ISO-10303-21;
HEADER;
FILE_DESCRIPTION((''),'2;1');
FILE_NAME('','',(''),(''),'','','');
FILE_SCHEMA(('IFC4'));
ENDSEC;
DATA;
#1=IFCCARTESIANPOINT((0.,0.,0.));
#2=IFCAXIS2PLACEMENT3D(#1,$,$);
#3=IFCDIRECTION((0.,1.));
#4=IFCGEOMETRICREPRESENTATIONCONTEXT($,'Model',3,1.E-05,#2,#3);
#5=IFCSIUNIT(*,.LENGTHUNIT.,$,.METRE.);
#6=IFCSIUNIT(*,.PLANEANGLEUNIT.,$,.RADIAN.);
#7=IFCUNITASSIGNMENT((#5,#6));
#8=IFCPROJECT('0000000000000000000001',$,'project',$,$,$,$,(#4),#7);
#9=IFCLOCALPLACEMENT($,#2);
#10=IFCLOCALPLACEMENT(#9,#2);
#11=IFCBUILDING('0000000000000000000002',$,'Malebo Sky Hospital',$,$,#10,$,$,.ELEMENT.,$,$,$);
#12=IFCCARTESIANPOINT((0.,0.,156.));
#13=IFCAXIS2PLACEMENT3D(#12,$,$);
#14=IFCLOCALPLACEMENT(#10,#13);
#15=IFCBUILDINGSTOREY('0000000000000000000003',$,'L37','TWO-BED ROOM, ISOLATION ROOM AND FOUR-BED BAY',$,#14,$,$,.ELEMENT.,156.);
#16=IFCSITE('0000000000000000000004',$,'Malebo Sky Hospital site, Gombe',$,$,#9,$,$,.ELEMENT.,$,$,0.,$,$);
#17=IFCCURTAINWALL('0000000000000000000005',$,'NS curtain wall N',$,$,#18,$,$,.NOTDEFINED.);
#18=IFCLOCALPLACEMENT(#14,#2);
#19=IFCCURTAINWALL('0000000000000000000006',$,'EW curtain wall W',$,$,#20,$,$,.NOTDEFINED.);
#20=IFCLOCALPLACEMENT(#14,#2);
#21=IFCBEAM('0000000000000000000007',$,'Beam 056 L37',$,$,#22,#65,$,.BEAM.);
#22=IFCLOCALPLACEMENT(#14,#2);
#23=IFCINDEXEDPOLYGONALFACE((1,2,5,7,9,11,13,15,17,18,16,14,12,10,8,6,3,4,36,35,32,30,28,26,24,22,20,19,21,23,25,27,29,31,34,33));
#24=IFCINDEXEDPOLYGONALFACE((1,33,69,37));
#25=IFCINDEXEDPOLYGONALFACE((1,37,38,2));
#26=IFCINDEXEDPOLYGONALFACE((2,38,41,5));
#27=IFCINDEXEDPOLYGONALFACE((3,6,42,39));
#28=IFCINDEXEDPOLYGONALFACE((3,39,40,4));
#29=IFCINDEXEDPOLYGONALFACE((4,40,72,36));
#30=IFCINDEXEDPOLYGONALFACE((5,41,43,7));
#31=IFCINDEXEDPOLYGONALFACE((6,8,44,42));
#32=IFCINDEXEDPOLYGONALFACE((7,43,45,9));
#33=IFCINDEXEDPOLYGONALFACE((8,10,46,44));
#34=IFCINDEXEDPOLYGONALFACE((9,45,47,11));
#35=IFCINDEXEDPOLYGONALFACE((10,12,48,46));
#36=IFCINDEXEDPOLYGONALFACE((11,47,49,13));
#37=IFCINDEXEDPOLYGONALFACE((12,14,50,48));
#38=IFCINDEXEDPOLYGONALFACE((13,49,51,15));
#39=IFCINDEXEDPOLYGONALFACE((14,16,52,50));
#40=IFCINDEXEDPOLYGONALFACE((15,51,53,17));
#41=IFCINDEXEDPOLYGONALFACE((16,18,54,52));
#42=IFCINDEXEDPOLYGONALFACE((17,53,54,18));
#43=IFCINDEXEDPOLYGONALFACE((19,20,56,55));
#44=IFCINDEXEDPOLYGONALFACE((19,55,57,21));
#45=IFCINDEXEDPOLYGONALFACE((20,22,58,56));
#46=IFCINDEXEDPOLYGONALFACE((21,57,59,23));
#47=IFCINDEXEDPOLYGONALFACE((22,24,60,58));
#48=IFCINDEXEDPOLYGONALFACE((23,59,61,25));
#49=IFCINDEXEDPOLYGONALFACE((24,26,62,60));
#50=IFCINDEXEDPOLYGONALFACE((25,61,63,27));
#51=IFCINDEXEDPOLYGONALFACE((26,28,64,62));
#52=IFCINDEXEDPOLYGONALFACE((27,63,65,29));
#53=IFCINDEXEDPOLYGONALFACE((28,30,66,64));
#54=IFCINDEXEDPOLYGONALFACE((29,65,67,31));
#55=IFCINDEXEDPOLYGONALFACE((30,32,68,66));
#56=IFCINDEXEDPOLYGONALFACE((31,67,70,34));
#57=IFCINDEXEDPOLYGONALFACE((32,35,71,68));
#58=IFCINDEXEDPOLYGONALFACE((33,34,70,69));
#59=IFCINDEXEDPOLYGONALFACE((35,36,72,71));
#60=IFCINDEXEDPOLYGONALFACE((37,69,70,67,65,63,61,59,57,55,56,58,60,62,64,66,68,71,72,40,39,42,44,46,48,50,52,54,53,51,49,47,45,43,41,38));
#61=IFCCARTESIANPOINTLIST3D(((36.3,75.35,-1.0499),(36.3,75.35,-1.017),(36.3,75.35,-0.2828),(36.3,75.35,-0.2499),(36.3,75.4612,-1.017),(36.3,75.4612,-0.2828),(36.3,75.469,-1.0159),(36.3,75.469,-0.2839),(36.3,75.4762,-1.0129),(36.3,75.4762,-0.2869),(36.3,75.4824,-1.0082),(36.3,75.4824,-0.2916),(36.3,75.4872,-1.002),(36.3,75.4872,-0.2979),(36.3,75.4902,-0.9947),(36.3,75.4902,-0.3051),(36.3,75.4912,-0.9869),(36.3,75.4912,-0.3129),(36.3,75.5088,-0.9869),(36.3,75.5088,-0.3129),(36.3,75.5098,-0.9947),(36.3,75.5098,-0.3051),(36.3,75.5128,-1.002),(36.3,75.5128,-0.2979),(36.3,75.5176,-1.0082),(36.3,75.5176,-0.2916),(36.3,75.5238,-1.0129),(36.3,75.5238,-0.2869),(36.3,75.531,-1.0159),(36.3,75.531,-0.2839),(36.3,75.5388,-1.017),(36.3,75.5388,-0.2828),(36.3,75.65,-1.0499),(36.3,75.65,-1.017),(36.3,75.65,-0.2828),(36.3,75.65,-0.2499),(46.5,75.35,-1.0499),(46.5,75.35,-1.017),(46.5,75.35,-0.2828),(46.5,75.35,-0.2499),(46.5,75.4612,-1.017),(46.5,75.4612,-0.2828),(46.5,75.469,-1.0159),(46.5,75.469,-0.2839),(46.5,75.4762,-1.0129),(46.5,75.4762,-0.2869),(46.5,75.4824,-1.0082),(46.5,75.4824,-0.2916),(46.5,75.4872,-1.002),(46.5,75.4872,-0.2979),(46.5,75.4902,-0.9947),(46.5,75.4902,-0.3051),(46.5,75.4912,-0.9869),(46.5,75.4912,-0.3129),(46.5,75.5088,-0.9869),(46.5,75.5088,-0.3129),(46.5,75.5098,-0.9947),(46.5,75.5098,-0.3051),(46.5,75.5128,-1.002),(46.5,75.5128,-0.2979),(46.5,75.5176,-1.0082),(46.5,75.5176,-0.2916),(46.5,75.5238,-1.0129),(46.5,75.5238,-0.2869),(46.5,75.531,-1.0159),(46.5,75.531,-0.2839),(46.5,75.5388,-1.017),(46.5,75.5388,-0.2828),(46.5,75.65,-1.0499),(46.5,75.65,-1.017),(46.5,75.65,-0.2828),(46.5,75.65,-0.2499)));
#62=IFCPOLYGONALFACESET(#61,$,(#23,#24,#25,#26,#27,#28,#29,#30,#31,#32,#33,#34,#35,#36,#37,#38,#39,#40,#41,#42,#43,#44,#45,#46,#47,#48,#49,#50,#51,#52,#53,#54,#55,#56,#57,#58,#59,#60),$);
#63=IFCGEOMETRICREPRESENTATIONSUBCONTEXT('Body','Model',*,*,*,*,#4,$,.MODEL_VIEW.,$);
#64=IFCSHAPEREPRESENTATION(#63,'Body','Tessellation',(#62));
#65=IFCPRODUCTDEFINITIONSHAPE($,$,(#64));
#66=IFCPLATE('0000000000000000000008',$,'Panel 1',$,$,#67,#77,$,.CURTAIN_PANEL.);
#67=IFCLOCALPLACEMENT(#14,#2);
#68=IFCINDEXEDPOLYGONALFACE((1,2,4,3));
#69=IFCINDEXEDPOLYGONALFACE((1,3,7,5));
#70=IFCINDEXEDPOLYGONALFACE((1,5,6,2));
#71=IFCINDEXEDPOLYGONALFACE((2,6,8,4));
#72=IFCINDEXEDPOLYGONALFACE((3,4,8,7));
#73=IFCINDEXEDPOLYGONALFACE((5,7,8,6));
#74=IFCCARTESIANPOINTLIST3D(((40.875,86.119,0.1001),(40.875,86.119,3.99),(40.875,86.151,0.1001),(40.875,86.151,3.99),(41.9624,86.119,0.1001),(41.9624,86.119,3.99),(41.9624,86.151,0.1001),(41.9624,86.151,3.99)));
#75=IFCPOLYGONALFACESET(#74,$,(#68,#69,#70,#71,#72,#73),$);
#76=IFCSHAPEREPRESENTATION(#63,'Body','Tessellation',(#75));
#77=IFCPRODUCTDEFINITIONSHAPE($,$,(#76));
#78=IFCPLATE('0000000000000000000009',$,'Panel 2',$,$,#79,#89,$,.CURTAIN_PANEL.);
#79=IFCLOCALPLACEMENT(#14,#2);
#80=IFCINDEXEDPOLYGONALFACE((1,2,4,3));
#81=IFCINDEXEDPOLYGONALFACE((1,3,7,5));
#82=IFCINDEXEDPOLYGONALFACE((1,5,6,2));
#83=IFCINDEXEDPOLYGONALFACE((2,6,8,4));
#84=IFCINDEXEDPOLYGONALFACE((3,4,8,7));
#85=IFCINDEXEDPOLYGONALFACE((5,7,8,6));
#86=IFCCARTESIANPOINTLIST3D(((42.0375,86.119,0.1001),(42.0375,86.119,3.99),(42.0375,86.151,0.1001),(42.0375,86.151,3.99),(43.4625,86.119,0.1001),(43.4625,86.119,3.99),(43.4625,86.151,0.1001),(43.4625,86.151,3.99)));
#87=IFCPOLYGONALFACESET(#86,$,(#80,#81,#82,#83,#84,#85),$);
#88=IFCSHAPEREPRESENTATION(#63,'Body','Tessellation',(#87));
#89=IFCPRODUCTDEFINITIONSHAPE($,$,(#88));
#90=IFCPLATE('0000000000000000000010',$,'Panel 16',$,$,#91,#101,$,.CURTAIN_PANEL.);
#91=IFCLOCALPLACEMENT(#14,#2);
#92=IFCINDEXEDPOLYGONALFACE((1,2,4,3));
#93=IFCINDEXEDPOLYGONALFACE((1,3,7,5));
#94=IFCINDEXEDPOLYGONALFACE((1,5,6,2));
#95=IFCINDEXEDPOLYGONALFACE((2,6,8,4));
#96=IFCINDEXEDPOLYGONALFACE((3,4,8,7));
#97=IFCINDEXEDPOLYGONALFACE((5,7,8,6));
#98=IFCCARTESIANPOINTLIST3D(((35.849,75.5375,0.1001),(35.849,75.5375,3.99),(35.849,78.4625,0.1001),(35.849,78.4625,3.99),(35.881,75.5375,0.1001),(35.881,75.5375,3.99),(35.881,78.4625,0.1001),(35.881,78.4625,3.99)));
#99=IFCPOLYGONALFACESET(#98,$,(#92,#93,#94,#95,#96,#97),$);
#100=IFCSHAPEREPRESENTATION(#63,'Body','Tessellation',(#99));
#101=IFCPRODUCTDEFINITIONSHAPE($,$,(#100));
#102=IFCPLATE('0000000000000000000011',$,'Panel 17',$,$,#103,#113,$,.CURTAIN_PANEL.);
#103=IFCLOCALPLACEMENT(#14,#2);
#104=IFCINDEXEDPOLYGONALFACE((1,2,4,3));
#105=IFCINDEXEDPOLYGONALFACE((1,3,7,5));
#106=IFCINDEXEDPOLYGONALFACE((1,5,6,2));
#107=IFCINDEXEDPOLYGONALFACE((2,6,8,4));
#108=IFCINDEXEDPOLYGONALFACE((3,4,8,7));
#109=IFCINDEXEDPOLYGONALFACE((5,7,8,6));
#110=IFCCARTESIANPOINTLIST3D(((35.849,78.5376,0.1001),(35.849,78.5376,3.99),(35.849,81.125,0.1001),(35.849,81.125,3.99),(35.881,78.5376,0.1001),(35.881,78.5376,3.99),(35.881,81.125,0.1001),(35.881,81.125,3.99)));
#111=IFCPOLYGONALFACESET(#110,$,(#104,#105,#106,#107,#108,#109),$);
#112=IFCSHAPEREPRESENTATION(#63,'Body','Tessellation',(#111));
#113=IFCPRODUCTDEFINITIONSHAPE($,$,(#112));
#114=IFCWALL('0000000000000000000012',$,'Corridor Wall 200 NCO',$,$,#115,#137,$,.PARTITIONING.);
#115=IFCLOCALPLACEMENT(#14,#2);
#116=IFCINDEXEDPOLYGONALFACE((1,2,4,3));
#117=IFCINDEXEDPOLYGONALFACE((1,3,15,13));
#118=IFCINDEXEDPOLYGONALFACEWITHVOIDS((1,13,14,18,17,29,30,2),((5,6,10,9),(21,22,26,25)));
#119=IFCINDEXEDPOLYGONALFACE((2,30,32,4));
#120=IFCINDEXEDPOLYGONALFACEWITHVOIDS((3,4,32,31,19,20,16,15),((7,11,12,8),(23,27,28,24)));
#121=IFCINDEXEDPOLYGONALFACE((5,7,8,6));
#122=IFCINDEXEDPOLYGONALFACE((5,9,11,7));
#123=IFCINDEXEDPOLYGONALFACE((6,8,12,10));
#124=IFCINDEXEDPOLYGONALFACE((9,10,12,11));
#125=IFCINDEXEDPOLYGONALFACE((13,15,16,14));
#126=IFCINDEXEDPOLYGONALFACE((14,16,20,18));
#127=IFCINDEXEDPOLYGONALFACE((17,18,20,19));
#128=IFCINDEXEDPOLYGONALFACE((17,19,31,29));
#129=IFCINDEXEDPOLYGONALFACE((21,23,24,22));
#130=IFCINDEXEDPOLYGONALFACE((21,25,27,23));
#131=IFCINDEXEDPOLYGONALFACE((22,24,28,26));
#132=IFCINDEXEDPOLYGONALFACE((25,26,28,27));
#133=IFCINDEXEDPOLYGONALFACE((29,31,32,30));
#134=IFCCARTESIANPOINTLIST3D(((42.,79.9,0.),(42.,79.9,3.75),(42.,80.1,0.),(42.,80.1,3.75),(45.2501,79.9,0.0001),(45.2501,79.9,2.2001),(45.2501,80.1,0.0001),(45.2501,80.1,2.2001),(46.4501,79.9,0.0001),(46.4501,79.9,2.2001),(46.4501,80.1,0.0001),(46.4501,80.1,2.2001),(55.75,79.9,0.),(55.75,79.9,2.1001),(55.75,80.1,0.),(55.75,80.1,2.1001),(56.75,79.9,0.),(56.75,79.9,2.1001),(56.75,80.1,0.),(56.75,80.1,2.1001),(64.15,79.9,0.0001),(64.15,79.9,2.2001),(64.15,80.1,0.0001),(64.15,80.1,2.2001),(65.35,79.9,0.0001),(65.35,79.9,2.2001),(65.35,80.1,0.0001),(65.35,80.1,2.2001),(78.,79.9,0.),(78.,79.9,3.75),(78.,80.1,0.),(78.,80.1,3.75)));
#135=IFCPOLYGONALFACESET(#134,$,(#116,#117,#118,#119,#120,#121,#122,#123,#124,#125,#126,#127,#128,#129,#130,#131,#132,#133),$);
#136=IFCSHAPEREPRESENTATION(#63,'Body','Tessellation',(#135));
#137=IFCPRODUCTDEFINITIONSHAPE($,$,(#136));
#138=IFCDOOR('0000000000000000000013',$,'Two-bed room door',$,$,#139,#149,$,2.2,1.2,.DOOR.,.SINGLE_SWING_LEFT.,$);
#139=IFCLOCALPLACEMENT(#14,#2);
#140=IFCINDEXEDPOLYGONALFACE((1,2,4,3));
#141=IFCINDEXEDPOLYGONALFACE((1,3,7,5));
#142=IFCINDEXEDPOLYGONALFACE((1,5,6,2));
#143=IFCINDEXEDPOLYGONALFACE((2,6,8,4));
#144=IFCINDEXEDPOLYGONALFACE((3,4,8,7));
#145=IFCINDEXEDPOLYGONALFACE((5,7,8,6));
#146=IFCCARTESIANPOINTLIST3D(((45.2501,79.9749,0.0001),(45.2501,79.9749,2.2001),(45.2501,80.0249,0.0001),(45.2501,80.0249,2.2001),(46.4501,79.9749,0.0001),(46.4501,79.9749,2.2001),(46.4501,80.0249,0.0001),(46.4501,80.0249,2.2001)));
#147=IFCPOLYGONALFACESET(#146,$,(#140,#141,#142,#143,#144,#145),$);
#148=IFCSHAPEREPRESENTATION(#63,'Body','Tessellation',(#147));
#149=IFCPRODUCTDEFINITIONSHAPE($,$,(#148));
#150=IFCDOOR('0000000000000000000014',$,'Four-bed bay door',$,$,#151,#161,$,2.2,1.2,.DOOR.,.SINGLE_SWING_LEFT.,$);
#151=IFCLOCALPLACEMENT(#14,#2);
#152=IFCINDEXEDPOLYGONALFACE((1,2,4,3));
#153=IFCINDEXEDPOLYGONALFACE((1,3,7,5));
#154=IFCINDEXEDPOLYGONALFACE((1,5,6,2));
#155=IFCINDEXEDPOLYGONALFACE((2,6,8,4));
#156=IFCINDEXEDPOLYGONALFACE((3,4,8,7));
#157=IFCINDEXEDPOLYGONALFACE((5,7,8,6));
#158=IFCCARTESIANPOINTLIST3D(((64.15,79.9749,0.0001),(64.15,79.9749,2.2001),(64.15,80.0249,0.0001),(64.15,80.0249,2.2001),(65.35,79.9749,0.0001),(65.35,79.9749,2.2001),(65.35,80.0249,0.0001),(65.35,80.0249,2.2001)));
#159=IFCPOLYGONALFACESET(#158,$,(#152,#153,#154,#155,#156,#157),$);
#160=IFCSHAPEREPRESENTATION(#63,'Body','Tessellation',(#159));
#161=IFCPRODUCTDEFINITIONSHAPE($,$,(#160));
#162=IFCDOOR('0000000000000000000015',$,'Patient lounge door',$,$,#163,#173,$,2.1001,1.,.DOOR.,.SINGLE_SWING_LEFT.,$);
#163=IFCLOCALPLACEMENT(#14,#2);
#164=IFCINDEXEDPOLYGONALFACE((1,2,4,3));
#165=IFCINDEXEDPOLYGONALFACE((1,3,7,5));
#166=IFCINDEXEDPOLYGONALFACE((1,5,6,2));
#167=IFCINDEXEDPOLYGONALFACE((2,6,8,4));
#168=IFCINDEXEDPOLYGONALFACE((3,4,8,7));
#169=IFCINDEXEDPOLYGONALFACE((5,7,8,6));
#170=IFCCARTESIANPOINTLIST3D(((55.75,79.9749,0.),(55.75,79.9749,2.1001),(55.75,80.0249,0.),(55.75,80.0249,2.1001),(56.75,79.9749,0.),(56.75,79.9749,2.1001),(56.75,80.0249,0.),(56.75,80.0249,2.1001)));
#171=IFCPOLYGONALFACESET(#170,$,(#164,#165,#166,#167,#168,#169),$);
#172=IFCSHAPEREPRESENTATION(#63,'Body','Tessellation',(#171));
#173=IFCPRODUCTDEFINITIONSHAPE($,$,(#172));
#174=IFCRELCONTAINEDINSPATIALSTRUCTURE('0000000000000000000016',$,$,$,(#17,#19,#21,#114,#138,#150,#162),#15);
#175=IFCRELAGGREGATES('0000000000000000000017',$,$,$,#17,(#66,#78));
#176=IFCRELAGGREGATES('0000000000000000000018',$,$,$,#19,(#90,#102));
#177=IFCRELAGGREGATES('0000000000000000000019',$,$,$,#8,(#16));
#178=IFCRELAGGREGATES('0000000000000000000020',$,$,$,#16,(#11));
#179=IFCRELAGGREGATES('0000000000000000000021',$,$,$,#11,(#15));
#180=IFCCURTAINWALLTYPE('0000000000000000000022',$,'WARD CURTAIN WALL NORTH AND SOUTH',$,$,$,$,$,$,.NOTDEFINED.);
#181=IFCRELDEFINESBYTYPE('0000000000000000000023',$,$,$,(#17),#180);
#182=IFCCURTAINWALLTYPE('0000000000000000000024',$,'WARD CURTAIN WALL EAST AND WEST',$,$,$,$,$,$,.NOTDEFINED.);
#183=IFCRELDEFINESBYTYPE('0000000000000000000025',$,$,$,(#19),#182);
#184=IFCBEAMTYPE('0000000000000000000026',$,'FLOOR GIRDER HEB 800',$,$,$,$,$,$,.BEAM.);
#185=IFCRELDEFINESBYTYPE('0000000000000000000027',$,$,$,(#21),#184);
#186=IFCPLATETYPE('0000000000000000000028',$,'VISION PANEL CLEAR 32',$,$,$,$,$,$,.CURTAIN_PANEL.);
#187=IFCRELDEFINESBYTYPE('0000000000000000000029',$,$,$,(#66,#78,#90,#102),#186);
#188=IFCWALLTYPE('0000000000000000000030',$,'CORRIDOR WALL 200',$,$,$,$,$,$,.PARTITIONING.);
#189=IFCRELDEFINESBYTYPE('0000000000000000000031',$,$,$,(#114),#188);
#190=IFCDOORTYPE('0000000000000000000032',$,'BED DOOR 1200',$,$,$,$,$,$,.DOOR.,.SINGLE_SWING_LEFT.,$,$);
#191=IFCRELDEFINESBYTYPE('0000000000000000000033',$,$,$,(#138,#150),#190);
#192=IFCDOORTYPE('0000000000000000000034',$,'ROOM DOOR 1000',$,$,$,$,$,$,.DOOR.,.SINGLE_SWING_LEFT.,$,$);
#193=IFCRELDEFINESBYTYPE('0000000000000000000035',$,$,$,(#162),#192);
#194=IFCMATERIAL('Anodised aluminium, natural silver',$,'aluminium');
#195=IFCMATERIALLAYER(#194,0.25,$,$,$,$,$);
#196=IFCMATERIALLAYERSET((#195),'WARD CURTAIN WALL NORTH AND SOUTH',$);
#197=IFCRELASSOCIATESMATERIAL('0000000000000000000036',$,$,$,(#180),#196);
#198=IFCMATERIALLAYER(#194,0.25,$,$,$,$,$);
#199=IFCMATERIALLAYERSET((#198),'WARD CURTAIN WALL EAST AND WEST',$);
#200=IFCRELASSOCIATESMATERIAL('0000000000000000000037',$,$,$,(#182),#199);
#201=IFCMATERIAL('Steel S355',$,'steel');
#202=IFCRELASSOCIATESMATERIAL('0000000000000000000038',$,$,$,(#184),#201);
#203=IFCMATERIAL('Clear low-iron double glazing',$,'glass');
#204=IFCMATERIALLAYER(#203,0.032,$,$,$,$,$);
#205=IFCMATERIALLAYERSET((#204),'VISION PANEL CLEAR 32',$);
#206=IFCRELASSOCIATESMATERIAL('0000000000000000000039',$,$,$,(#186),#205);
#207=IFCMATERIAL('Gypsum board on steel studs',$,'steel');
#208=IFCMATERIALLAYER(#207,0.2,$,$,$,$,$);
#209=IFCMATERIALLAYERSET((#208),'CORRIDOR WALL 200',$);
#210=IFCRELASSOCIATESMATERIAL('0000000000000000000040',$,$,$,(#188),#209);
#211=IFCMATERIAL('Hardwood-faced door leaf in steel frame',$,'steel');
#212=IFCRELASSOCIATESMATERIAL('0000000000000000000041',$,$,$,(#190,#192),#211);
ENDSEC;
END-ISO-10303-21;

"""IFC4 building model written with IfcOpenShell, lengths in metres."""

from ifc_helpers import new_model, si_unit, direction, frame, frame_2d, origin, origin_2d, place, context, subcontext, project, spatial, rectangle, i_section, extrude, material, layer, layer_set, material_profile, profile_set, type_object, element, fill, aggregate, save


model = new_model("IFC4")

# Units and contexts
model_context = context("Model", 3, precision=1e-05, world=origin(), true_north=direction((0.0, 1.0)))
body_context = subcontext(model_context, "Body", "Model", "MODEL_VIEW")
ifc_project = project(units=[si_unit("LENGTHUNIT", "METRE"), si_unit("PLANEANGLEUNIT", "RADIAN")], contexts=[model_context])

# Site, building, storey
site_placement = place(None, origin())
site = spatial("IfcSite", under=ifc_project, at=site_placement, Name="Malebo Sky Hospital site, Gombe", CompositionType="ELEMENT", RefElevation=0.0)
building_placement = place(site_placement, origin())
building = spatial("IfcBuilding", under=site, at=building_placement, Name="Malebo Sky Hospital", CompositionType="ELEMENT")
storey_placement = place(building_placement, frame((0.0, 0.0, 156.0)))
storey = spatial("IfcBuildingStorey", under=building, at=storey_placement, Name="L37", Description="TWO-BED ROOM, ISOLATION ROOM AND FOUR-BED BAY", CompositionType="ELEMENT", Elevation=156.0)

# Curtain walls
ifc_material_1 = material(Name="Anodised aluminium, natural silver", Category="aluminium")
ifc_layer_1 = layer(ifc_material_1, 0.25)
ifc_layer_set_1 = layer_set([ifc_layer_1], Name="WARD CURTAIN WALL NORTH AND SOUTH")
curtain_wall_type_1 = type_object("IfcCurtainWallType", Name="WARD CURTAIN WALL NORTH AND SOUTH", PredefinedType="NOTDEFINED", material=ifc_layer_set_1)
curtain_wall_1_placement = place(storey_placement, origin())
curtain_wall_1 = element("IfcCurtainWall", 1, at=curtain_wall_1_placement, inside=storey, type_object=curtain_wall_type_1, Name="NS curtain wall N", PredefinedType="NOTDEFINED")
ifc_layer_2 = layer(ifc_material_1, 0.25)
ifc_layer_set_2 = layer_set([ifc_layer_2], Name="WARD CURTAIN WALL EAST AND WEST")
curtain_wall_type_2 = type_object("IfcCurtainWallType", Name="WARD CURTAIN WALL EAST AND WEST", PredefinedType="NOTDEFINED", material=ifc_layer_set_2)
curtain_wall_2_placement = place(storey_placement, origin())
curtain_wall_2 = element("IfcCurtainWall", 2, at=curtain_wall_2_placement, inside=storey, type_object=curtain_wall_type_2, Name="EW curtain wall W", PredefinedType="NOTDEFINED")

# Beam
ifc_material_2 = material(Name="Steel S355", Category="steel")
ifc_material_profile_1 = material_profile(ifc_material_2, i_section(OverallWidth=0.3, OverallDepth=0.8, WebThickness=0.0176, FlangeThickness=0.033, FilletRadius=0.03, at=origin_2d()), Name="HEB 800")
ifc_profile_set_1 = profile_set([ifc_material_profile_1], Name="Steel S355")
beam_type_1 = type_object("IfcBeamType", Name="FLOOR GIRDER HEB 800", PredefinedType="BEAM", material=ifc_profile_set_1)
beam_placement = place(storey_placement, frame((36.3, 75.5, -0.6499), z_axis=(1.0, 0.0, 0.0), x_axis=(0.0, 1.0, 0.0)))
element("IfcBeam", 3, at=beam_placement, inside=storey, type_object=beam_type_1, Name="Beam 056 L37", PredefinedType="BEAM", context=body_context, shape_type="SweptSolid", body=[
    extrude(i_section(OverallWidth=0.3, OverallDepth=0.8, WebThickness=0.0176, FlangeThickness=0.033, FilletRadius=0.03, at=origin_2d()), origin(), (0.0, 0.0, 1.0), 10.2),
])

# Plates
ifc_material_3 = material(Name="Clear low-iron double glazing", Category="glass")
ifc_layer_3 = layer(ifc_material_3, 0.032)
ifc_layer_set_3 = layer_set([ifc_layer_3], Name="VISION PANEL CLEAR 32")
plate_type = type_object("IfcPlateType", Name="VISION PANEL CLEAR 32", PredefinedType="CURTAIN_PANEL", material=ifc_layer_set_3)
plate_1_placement = place(storey_placement, frame((41.4187, 86.135, 0.1001), z_axis=(0.0, 0.0, 1.0), x_axis=(1.0, 0.0, 0.0)))
plate_1 = element("IfcPlate", 4, at=plate_1_placement, type_object=plate_type, Name="Panel 1", PredefinedType="CURTAIN_PANEL", context=body_context, shape_type="SweptSolid", body=[
    extrude(rectangle(XDim=1.0874, YDim=0.032, at=origin_2d()), origin(), (0.0, 0.0, 1.0), 3.8899),
])
plate_2_placement = place(storey_placement, frame((42.75, 86.135, 0.1001), z_axis=(0.0, 0.0, 1.0), x_axis=(1.0, 0.0, 0.0)))
plate_2 = element("IfcPlate", 5, at=plate_2_placement, type_object=plate_type, Name="Panel 2", PredefinedType="CURTAIN_PANEL", context=body_context, shape_type="SweptSolid", body=[
    extrude(rectangle(XDim=1.425, YDim=0.032, at=origin_2d()), origin(), (0.0, 0.0, 1.0), 3.8899),
])
aggregate(curtain_wall_1, [plate_1, plate_2])
plate_3_placement = place(storey_placement, frame((35.865, 77.0, 0.1001), z_axis=(0.0, 0.0, 1.0), x_axis=(0.0, 1.0, 0.0)))
plate_3 = element("IfcPlate", 6, at=plate_3_placement, type_object=plate_type, Name="Panel 16", PredefinedType="CURTAIN_PANEL", context=body_context, shape_type="SweptSolid", body=[
    extrude(rectangle(XDim=2.925, YDim=0.032, at=origin_2d()), origin(), (0.0, 0.0, 1.0), 3.8899),
])
plate_4_placement = place(storey_placement, frame((35.865, 79.8313, 0.1001), z_axis=(0.0, 0.0, 1.0), x_axis=(0.0, 1.0, 0.0)))
plate_4 = element("IfcPlate", 7, at=plate_4_placement, type_object=plate_type, Name="Panel 17", PredefinedType="CURTAIN_PANEL", context=body_context, shape_type="SweptSolid", body=[
    extrude(rectangle(XDim=2.5874, YDim=0.032, at=origin_2d()), origin(), (0.0, 0.0, 1.0), 3.8899),
])
aggregate(curtain_wall_2, [plate_3, plate_4])

# Wall, openings, doors
ifc_material_4 = material(Name="Gypsum board on steel studs", Category="steel")
ifc_layer_4 = layer(ifc_material_4, 0.2)
ifc_layer_set_4 = layer_set([ifc_layer_4], Name="CORRIDOR WALL 200")
wall_type_1 = type_object("IfcWallType", Name="CORRIDOR WALL 200", PredefinedType="PARTITIONING", material=ifc_layer_set_4)
wall_1_placement = place(storey_placement, frame((42.0, 80.0, 0.0), z_axis=(0.0, 0.0, 1.0), x_axis=(1.0, 0.0, 0.0)))
wall_1 = element("IfcWall", 8, at=wall_1_placement, inside=storey, type_object=wall_type_1, Name="Corridor Wall 200 NCO", PredefinedType="PARTITIONING", context=body_context, shape_type="SweptSolid", body=[
    extrude(rectangle(XDim=36.0, YDim=0.2, at=frame_2d((18.0, 0.0))), origin(), (0.0, 0.0, 1.0), 3.75),
])
opening_1_placement = place(wall_1_placement, frame((3.25, 0.0, 0.0)))
opening_1 = element("IfcOpeningElement", 9, at=opening_1_placement, cuts=wall_1, PredefinedType="OPENING", context=body_context, shape_type="SweptSolid", body=[
    extrude(rectangle(XDim=1.2, YDim=2.2, at=frame_2d((0.6001, 1.1001))), frame((0.0, 0.1099, 0.0), z_axis=(0.0, -1.0, 0.0), x_axis=(1.0, 0.0, 0.0)), (0.0, 0.0, 1.0), 0.22),
])
opening_2_placement = place(wall_1_placement, frame((13.75, 0.0, 0.0)))
opening_2 = element("IfcOpeningElement", 10, at=opening_2_placement, cuts=wall_1, PredefinedType="OPENING", context=body_context, shape_type="SweptSolid", body=[
    extrude(rectangle(XDim=1.0, YDim=2.1001, at=frame_2d((0.5, 1.05))), frame((0.0, 0.1099, 0.0), z_axis=(0.0, -1.0, 0.0), x_axis=(1.0, 0.0, 0.0)), (0.0, 0.0, 1.0), 0.22),
])
opening_3_placement = place(wall_1_placement, frame((22.1499, 0.0, 0.0)))
opening_3 = element("IfcOpeningElement", 11, at=opening_3_placement, cuts=wall_1, PredefinedType="OPENING", context=body_context, shape_type="SweptSolid", body=[
    extrude(rectangle(XDim=1.2, YDim=2.2, at=frame_2d((0.6001, 1.1001))), frame((0.0, 0.1099, 0.0), z_axis=(0.0, -1.0, 0.0), x_axis=(1.0, 0.0, 0.0)), (0.0, 0.0, 1.0), 0.22),
])
ifc_material_5 = material(Name="Hardwood-faced door leaf in steel frame", Category="steel")
door_type_1 = type_object("IfcDoorType", Name="BED DOOR 1200", OperationType="SINGLE_SWING_LEFT", PredefinedType="DOOR", material=ifc_material_5)
door_1_placement = place(opening_1_placement, origin())
door_1 = element("IfcDoor", 12, at=door_1_placement, inside=storey, type_object=door_type_1, Name="Two-bed room door", OperationType="SINGLE_SWING_LEFT", OverallHeight=2.2, OverallWidth=1.2, PredefinedType="DOOR", context=body_context, shape_type="SweptSolid", body=[
    extrude(rectangle(XDim=1.2, YDim=2.2, at=frame_2d((0.6001, 1.1001))), frame((0.0, 0.0249, 0.0), z_axis=(0.0, -1.0, 0.0), x_axis=(1.0, 0.0, 0.0)), (0.0, 0.0, 1.0), 0.05),
])
fill(opening_1, door_1)
door_2_placement = place(opening_3_placement, origin())
door_2 = element("IfcDoor", 13, at=door_2_placement, inside=storey, type_object=door_type_1, Name="Four-bed bay door", OperationType="SINGLE_SWING_LEFT", OverallHeight=2.2, OverallWidth=1.2, PredefinedType="DOOR", context=body_context, shape_type="SweptSolid", body=[
    extrude(rectangle(XDim=1.2, YDim=2.2, at=frame_2d((0.6001, 1.1001))), frame((0.0, 0.0249, 0.0), z_axis=(0.0, -1.0, 0.0), x_axis=(1.0, 0.0, 0.0)), (0.0, 0.0, 1.0), 0.05),
])
fill(opening_3, door_2)
door_type_2 = type_object("IfcDoorType", Name="ROOM DOOR 1000", OperationType="SINGLE_SWING_LEFT", PredefinedType="DOOR", material=ifc_material_5)
door_3_placement = place(opening_2_placement, origin())
door_3 = element("IfcDoor", 14, at=door_3_placement, inside=storey, type_object=door_type_2, Name="Patient lounge door", OperationType="SINGLE_SWING_LEFT", OverallHeight=2.1001, OverallWidth=1.0, PredefinedType="DOOR", context=body_context, shape_type="SweptSolid", body=[
    extrude(rectangle(XDim=1.0, YDim=2.1001, at=frame_2d((0.5, 1.05))), frame((0.0, 0.0249, 0.0), z_axis=(0.0, -1.0, 0.0), x_axis=(1.0, 0.0, 0.0)), (0.0, 0.0, 1.0), 0.05),
])
fill(opening_2, door_3)

save(model, "model.ifc")
